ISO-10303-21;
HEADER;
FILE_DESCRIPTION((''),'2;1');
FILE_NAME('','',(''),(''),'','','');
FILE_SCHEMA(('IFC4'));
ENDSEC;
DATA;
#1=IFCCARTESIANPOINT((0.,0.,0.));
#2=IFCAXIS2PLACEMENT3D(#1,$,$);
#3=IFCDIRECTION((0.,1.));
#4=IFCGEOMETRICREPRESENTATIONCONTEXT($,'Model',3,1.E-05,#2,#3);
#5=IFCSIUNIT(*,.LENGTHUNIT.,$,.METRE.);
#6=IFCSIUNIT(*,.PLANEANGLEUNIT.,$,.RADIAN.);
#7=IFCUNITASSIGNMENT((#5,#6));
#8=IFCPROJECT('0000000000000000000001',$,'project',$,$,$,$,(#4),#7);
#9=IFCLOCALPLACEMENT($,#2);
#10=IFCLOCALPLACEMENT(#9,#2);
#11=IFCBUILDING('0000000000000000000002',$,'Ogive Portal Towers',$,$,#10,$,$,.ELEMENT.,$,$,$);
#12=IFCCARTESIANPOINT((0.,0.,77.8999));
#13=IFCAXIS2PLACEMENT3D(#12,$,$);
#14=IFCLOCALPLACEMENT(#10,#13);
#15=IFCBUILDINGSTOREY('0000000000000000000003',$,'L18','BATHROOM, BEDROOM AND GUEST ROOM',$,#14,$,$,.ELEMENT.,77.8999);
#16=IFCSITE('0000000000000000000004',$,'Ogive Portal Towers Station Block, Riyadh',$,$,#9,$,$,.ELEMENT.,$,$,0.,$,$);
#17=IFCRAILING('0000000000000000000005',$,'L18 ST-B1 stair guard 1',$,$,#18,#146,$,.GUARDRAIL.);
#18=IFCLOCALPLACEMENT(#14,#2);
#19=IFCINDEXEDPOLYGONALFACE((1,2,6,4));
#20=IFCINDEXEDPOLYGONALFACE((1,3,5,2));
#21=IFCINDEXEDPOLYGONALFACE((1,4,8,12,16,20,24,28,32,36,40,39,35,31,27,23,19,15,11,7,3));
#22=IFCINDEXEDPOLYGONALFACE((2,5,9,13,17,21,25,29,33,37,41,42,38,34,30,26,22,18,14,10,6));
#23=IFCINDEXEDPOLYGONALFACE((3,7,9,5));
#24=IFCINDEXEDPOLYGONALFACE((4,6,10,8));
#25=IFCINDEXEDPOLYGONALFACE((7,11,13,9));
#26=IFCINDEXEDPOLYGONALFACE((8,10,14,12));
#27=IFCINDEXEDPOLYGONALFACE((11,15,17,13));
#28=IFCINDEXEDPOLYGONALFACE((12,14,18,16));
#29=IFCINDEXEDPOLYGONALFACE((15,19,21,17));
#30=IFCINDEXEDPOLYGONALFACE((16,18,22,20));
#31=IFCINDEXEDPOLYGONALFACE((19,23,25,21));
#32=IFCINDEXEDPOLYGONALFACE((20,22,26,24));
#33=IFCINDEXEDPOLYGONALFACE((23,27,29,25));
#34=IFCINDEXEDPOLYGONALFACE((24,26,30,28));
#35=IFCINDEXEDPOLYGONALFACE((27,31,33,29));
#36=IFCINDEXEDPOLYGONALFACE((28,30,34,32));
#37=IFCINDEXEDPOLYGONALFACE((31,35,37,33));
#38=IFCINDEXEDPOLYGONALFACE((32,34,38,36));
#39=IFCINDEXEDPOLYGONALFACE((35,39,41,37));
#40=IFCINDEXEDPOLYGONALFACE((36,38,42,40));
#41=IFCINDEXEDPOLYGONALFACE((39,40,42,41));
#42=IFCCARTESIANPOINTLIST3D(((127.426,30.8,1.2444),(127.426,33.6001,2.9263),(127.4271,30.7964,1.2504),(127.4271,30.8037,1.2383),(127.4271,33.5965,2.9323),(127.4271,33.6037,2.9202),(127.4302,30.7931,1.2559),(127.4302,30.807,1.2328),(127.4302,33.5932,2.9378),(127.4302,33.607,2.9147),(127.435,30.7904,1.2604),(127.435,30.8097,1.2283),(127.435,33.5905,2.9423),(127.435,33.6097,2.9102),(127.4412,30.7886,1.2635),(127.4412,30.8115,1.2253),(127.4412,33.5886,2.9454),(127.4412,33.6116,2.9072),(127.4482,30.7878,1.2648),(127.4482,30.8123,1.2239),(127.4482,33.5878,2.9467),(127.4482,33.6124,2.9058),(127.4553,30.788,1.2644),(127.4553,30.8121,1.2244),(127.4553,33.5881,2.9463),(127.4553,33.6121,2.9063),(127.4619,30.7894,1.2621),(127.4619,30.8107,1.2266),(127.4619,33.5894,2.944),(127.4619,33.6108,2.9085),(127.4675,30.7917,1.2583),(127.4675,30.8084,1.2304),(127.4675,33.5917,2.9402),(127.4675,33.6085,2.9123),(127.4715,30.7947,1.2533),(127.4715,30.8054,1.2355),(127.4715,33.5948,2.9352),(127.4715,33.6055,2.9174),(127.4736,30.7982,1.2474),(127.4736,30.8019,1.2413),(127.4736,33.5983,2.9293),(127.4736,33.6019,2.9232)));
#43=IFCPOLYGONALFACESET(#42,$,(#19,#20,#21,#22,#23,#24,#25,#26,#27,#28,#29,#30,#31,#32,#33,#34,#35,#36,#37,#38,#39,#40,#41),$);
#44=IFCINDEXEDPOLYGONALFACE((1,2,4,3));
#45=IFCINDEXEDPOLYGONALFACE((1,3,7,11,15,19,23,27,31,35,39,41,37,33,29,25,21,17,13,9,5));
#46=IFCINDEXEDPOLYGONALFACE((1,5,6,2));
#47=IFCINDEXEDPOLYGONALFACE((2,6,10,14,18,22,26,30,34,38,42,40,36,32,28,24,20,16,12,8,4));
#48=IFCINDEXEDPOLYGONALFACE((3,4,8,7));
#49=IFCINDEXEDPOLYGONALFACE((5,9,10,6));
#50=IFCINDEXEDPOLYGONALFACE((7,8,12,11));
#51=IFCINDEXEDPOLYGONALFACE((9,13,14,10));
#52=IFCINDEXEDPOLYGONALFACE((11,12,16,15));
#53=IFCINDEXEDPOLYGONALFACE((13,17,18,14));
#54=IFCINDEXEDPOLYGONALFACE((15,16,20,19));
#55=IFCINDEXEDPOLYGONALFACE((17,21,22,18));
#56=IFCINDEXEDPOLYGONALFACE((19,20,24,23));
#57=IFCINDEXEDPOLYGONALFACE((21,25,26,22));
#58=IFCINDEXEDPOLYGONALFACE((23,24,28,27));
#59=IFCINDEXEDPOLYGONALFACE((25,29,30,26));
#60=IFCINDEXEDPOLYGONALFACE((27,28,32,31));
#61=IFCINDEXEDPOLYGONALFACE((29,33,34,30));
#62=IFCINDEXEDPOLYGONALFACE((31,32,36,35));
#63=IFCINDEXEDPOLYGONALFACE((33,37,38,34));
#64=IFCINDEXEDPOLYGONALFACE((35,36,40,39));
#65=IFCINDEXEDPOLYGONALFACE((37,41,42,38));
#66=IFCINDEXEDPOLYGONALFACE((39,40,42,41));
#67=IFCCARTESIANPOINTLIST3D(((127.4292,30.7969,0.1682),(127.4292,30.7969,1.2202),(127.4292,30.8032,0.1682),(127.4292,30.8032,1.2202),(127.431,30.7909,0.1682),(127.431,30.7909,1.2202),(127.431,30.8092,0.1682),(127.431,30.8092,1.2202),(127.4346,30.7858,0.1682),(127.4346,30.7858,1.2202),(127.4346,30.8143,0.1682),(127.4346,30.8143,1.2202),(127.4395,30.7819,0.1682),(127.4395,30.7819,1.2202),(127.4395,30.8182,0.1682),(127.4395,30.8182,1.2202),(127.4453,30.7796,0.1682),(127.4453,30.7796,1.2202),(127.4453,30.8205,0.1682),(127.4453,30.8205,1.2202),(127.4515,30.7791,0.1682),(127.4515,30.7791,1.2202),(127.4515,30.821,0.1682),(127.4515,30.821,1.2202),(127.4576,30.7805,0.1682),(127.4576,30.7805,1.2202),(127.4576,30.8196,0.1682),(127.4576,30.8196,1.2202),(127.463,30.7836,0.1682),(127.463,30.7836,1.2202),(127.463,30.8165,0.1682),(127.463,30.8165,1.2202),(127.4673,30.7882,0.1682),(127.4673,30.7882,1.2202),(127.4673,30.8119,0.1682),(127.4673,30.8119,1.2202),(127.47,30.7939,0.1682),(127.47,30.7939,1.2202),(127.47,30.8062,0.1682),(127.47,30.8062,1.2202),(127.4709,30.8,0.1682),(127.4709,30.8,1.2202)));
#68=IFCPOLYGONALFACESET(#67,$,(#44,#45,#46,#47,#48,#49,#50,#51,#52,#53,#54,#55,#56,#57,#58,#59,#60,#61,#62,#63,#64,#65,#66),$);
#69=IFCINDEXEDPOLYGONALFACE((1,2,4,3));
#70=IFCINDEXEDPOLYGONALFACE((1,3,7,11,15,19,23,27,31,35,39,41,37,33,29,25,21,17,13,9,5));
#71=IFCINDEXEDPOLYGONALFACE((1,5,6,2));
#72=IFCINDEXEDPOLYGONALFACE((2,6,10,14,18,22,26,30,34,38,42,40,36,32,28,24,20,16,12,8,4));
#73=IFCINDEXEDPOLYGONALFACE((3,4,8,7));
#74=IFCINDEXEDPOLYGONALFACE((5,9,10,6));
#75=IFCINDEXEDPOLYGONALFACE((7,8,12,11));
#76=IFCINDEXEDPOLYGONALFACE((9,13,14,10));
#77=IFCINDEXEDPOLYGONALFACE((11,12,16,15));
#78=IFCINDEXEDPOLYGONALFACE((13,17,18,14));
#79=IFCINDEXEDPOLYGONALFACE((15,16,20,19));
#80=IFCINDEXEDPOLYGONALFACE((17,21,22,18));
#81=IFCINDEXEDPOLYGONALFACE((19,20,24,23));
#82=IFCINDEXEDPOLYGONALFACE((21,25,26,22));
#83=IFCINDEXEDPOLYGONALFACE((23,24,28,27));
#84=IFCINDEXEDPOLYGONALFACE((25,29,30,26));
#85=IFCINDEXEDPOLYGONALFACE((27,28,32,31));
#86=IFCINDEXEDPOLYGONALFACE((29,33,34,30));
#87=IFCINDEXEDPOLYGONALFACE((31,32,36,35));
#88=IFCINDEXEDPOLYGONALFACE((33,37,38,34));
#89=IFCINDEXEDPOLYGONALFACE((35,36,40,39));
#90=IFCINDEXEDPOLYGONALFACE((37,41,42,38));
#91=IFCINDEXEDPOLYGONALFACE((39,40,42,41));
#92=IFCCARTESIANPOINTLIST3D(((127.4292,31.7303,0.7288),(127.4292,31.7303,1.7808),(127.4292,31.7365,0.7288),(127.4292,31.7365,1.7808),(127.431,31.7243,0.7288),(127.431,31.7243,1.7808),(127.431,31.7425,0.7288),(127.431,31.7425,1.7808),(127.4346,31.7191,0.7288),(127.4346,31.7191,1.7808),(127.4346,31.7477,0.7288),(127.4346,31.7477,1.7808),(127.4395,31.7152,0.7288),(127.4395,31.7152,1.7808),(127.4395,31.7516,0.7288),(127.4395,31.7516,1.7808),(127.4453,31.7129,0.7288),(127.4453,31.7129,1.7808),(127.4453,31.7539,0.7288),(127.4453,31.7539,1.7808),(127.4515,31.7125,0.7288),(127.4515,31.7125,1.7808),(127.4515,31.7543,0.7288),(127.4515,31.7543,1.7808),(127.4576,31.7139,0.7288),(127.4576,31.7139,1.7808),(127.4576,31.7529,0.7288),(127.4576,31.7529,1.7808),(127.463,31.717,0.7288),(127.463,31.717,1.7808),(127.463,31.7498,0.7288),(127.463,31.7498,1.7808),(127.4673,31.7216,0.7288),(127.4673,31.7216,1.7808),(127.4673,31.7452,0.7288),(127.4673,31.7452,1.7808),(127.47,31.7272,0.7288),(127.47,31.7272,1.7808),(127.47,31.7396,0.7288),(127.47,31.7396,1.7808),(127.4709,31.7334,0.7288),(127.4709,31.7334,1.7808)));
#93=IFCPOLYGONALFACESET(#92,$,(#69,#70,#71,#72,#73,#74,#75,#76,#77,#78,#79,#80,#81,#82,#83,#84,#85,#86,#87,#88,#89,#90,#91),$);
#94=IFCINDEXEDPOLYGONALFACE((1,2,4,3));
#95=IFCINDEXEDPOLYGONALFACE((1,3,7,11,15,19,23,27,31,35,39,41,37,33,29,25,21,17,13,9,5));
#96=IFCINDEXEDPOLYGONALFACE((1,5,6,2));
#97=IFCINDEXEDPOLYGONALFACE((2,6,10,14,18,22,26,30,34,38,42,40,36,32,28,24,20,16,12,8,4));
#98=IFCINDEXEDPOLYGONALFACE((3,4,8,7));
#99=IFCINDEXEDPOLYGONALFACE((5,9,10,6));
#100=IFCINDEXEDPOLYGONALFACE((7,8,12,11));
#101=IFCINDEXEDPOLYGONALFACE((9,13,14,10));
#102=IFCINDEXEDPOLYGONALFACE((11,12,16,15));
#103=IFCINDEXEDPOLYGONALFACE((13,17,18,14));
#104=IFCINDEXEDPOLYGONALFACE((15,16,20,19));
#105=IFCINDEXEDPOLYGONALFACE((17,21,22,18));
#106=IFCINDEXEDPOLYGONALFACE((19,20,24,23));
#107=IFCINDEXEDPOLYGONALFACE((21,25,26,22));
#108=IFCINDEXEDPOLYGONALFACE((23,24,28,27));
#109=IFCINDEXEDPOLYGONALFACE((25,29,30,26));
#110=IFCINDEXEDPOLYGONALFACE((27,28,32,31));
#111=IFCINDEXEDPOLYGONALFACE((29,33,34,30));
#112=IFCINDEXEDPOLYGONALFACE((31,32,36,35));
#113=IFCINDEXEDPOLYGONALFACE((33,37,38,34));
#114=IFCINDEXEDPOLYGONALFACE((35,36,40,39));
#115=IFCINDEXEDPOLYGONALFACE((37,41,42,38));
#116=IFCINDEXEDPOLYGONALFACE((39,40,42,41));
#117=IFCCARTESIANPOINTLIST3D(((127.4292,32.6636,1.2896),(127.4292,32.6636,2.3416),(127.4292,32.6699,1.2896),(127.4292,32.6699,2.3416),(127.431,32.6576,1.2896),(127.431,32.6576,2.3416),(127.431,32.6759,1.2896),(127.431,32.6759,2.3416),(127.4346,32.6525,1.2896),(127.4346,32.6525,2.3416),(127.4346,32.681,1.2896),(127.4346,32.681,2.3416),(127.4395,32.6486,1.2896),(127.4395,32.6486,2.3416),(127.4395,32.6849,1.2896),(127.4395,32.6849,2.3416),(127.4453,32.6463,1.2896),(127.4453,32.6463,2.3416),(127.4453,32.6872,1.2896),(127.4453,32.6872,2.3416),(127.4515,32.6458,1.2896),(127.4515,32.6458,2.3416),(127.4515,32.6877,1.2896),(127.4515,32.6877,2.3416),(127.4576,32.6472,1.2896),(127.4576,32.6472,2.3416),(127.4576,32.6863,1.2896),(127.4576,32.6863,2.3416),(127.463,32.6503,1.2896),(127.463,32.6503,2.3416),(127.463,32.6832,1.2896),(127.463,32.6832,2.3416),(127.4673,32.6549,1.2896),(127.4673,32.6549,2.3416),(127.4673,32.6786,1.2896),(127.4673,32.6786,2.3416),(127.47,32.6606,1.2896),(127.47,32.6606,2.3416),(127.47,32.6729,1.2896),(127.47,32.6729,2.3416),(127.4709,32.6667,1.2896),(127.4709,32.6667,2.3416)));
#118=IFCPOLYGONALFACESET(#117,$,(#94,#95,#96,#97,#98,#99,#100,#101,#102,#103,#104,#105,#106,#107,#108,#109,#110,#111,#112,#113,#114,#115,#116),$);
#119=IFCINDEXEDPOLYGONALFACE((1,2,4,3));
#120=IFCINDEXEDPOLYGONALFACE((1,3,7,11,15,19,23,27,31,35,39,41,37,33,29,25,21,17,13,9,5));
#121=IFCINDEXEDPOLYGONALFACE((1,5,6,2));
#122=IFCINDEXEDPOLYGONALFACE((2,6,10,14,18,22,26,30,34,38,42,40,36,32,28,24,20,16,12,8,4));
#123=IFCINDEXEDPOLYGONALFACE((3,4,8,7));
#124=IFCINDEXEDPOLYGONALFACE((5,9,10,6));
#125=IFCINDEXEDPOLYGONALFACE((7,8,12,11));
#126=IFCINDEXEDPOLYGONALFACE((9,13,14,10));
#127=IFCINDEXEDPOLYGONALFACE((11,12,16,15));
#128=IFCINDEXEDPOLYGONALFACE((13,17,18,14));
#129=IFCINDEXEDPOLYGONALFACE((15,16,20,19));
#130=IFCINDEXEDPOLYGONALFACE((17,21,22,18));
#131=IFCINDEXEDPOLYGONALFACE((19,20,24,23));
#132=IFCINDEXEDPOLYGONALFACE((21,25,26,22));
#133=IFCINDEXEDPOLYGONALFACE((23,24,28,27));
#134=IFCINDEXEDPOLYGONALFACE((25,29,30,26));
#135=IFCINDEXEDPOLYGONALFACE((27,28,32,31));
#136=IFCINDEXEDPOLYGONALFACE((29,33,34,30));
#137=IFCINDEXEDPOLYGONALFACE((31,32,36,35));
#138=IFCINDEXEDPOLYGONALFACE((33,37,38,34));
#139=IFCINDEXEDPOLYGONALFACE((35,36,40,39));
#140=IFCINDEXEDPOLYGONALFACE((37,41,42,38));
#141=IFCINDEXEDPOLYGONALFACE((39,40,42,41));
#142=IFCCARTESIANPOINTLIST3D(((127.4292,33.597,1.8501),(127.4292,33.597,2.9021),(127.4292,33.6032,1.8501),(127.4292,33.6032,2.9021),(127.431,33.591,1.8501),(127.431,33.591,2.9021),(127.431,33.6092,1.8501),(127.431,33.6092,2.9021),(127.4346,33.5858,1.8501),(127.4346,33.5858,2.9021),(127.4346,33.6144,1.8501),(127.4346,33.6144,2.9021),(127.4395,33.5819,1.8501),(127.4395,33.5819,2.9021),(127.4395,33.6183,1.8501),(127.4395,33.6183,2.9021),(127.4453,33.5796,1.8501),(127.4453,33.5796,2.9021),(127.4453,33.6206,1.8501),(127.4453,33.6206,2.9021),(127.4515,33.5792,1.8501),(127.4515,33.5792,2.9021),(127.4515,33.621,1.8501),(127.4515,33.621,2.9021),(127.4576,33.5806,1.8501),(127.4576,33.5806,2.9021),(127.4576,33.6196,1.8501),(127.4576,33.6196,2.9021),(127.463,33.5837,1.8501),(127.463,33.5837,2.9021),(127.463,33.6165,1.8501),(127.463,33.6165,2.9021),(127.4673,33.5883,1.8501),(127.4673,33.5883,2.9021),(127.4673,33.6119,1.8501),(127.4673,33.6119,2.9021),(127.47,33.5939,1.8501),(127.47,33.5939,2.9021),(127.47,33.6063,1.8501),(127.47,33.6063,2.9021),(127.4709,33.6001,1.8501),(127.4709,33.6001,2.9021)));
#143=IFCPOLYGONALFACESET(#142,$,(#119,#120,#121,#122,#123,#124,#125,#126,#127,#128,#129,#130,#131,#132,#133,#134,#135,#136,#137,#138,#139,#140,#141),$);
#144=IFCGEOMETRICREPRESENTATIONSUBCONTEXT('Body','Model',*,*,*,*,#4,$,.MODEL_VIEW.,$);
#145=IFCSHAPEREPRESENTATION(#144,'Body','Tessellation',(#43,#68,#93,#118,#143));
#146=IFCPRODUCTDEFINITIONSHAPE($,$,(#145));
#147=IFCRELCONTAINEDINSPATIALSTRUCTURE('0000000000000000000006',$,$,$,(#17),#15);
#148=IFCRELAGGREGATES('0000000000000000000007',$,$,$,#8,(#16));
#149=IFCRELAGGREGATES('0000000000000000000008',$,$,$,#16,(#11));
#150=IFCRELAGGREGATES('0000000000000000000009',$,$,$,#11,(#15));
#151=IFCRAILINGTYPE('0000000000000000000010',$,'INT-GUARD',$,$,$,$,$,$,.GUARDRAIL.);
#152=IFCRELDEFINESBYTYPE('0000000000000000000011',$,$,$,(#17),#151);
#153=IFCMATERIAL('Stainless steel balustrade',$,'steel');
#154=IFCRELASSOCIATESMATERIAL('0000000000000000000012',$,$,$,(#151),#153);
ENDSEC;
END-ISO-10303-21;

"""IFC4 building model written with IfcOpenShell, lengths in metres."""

from ifc_helpers import new_model, si_unit, direction, frame, origin, origin_2d, place, context, subcontext, project, spatial, circle, extrude, material, type_object, element, save


model = new_model("IFC4")

# Units and contexts
model_context = context("Model", 3, precision=1e-05, world=origin(), true_north=direction((0.0, 1.0)))
body_context = subcontext(model_context, "Body", "Model", "MODEL_VIEW")
ifc_project = project(units=[si_unit("LENGTHUNIT", "METRE"), si_unit("PLANEANGLEUNIT", "RADIAN")], contexts=[model_context])

# Site, building, storey
site_placement = place(None, origin())
site = spatial("IfcSite", under=ifc_project, at=site_placement, Name="Ogive Portal Towers Station Block, Riyadh", CompositionType="ELEMENT", RefElevation=0.0)
building_placement = place(site_placement, origin())
building = spatial("IfcBuilding", under=site, at=building_placement, Name="Ogive Portal Towers", CompositionType="ELEMENT")
storey_placement = place(building_placement, frame((0.0, 0.0, 77.8999)))
storey = spatial("IfcBuildingStorey", under=building, at=storey_placement, Name="L18", Description="BATHROOM, BEDROOM AND GUEST ROOM", CompositionType="ELEMENT", Elevation=77.8999)

# Railing
ifc_material_1 = material(Name="Stainless steel balustrade", Category="steel")
railing_type_1 = type_object("IfcRailingType", Name="INT-GUARD", PredefinedType="GUARDRAIL", material=ifc_material_1)
railing_1_placement = place(storey_placement, frame((127.45, 30.8, 0.1682)))
element("IfcRailing", 1, at=railing_1_placement, inside=storey, type_object=railing_type_1, Name="L18 ST-B1 stair guard 1", PredefinedType="GUARDRAIL", context=body_context, shape_type="SweptSolid", body=[
    extrude(circle(Radius=0.0239, at=origin_2d()), frame((0.0, 0.0, 1.0762), z_axis=(0.0, 0.857242, 0.514913), x_axis=(-1.0, 0.0, 0.0)), (0.0, 0.0, 1.0), 3.2664),
    extrude(circle(Radius=0.021, at=origin_2d()), origin(), (0.0, 0.0, 1.0), 1.052),
    extrude(circle(Radius=0.021, at=origin_2d()), frame((0.0, 0.9333, 0.5605)), (0.0, 0.0, 1.0), 1.052),
    extrude(circle(Radius=0.021, at=origin_2d()), frame((0.0, 1.8667, 1.1213)), (0.0, 0.0, 1.0), 1.052),
    extrude(circle(Radius=0.021, at=origin_2d()), frame((0.0, 2.8, 1.6819)), (0.0, 0.0, 1.0), 1.052),
])

save(model, "model.ifc")
